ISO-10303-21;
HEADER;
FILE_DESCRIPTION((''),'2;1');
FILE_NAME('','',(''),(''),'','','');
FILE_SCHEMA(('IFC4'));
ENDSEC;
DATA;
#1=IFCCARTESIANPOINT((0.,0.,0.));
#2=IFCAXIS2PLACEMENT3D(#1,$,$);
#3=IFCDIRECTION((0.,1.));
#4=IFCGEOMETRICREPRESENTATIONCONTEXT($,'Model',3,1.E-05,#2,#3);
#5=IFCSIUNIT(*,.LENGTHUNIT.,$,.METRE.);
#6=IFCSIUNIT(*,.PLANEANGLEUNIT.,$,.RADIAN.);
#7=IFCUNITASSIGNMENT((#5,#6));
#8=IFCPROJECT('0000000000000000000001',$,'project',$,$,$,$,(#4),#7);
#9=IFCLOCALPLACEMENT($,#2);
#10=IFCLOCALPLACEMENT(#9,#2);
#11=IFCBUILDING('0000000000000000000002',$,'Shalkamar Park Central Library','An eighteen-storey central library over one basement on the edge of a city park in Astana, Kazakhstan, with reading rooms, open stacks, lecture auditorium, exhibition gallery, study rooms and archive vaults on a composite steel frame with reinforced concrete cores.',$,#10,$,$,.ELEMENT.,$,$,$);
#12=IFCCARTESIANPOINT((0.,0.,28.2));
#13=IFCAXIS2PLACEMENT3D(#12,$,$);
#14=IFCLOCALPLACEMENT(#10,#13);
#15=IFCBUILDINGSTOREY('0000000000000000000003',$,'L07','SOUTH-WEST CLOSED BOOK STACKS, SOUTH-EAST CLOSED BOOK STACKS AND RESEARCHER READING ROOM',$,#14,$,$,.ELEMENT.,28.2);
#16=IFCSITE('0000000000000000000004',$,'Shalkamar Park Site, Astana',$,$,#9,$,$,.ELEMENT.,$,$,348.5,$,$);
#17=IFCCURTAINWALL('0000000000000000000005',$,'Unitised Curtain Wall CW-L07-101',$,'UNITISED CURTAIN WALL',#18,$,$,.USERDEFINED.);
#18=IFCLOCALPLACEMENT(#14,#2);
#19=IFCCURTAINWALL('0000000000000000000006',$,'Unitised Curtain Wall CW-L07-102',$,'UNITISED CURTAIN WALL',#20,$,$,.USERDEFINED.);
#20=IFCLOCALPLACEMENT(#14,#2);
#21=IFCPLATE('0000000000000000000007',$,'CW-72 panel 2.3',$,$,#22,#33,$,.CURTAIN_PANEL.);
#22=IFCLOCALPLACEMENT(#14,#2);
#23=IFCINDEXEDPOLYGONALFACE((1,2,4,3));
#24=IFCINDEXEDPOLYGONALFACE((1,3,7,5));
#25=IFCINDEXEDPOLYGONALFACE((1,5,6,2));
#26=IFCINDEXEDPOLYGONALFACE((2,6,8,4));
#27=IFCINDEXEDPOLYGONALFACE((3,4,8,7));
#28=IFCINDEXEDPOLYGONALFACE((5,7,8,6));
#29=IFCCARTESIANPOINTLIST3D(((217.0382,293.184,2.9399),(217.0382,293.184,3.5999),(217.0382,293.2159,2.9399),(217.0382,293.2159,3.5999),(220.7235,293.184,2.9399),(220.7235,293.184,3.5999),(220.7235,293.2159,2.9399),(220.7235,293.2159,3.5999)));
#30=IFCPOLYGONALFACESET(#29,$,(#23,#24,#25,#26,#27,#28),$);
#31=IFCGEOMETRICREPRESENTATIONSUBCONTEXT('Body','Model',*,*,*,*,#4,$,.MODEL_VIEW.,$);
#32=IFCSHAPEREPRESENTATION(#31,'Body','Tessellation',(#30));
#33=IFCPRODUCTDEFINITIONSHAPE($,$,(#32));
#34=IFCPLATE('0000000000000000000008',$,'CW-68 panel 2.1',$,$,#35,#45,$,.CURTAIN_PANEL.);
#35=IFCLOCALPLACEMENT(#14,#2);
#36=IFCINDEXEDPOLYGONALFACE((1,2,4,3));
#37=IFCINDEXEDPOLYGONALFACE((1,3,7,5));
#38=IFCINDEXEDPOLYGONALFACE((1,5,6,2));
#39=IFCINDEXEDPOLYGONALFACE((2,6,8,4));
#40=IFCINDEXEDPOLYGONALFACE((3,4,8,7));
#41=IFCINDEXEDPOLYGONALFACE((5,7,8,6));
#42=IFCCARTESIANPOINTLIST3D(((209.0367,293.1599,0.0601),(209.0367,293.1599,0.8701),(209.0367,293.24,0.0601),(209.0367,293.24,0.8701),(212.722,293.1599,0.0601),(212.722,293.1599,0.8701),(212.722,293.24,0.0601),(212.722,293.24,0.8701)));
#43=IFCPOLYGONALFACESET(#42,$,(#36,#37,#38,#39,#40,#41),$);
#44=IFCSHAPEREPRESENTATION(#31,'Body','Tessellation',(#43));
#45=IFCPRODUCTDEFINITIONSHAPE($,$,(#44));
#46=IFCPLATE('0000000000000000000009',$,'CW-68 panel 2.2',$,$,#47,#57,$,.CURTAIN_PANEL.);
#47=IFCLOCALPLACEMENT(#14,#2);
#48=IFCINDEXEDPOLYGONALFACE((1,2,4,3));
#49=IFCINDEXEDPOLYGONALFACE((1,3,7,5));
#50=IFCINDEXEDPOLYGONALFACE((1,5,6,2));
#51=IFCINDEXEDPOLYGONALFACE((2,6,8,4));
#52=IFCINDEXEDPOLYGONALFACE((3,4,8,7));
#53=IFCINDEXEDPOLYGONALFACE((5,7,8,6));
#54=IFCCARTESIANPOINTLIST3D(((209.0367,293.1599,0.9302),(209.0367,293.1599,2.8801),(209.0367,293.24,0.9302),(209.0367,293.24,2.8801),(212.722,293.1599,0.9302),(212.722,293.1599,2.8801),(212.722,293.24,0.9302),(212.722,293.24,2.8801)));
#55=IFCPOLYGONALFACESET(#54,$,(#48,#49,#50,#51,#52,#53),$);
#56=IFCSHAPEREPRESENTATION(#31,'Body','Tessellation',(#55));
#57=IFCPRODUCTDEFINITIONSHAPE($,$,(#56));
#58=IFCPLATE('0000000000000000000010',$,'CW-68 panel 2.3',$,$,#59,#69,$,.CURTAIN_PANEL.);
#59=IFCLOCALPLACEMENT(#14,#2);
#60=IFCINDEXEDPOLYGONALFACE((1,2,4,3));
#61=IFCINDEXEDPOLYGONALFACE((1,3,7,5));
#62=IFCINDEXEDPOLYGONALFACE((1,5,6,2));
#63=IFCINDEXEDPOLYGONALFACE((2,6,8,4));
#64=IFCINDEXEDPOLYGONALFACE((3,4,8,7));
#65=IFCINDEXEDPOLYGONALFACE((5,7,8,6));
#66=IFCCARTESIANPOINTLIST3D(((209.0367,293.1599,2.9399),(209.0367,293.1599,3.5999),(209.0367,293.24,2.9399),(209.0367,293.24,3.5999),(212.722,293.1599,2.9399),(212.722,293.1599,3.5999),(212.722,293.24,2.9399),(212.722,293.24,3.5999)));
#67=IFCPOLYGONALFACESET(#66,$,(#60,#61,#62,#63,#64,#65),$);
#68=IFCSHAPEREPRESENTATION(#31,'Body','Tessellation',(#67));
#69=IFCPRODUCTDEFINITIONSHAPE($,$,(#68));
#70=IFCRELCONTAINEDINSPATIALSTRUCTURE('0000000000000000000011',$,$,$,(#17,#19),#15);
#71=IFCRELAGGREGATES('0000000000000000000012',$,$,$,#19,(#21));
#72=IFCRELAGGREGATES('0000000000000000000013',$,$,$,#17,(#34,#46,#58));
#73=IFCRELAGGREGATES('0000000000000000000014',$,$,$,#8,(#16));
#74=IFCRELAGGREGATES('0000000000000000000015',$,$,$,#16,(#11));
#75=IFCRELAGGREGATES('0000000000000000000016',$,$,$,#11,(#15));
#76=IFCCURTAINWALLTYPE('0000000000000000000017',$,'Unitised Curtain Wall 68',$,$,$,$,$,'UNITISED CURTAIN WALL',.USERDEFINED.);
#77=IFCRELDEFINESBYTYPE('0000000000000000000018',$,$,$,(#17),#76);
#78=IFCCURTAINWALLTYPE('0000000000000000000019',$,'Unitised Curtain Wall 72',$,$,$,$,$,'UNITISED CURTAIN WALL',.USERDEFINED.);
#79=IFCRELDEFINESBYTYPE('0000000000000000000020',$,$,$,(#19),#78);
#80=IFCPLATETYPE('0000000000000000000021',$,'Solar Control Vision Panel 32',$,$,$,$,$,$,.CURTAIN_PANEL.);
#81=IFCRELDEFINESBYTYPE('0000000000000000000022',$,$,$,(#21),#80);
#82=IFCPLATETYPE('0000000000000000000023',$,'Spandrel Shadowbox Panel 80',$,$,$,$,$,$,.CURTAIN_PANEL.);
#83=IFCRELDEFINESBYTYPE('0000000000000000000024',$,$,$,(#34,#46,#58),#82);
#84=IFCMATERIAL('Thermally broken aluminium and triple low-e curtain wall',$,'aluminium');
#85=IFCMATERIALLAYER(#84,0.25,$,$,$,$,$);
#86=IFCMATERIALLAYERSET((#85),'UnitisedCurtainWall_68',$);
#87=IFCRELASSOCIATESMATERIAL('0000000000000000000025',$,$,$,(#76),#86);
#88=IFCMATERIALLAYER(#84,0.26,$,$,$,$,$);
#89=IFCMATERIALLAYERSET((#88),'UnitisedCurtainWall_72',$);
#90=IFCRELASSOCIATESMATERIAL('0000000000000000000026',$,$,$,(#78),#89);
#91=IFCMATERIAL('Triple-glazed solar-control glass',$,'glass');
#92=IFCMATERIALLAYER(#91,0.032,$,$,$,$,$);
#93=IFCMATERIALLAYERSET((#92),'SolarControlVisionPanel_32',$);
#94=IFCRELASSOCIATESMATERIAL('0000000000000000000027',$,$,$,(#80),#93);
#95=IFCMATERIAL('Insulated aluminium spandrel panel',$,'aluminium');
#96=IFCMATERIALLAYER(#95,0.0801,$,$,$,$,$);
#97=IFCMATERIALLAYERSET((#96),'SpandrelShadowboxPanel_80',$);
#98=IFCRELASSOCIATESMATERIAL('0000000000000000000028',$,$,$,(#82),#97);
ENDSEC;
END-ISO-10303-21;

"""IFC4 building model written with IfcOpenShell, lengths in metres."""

from ifc_helpers import new_model, si_unit, direction, frame, origin, origin_2d, place, context, subcontext, project, spatial, rectangle, extrude, material, layer, layer_set, type_object, element, aggregate, save


model = new_model("IFC4")

# Units and contexts
model_context = context("Model", 3, precision=1e-05, world=origin(), true_north=direction((0.0, 1.0)))
body_context = subcontext(model_context, "Body", "Model", "MODEL_VIEW")
ifc_project = project(units=[si_unit("LENGTHUNIT", "METRE"), si_unit("PLANEANGLEUNIT", "RADIAN")], contexts=[model_context])

# Site, building, storey
site_placement = place(None, origin())
site = spatial("IfcSite", under=ifc_project, at=site_placement, Name="Shalkamar Park Site, Astana", CompositionType="ELEMENT", RefElevation=348.5)
building_placement = place(site_placement, origin())
building = spatial("IfcBuilding", under=site, at=building_placement, Name="Shalkamar Park Central Library", Description="An eighteen-storey central library over one basement on the edge of a city park in Astana, Kazakhstan, with reading rooms, open stacks, lecture auditorium, exhibition gallery, study rooms and archive vaults on a composite steel frame with reinforced concrete cores.", CompositionType="ELEMENT")
storey_placement = place(building_placement, frame((0.0, 0.0, 28.2)))
storey = spatial("IfcBuildingStorey", under=building, at=storey_placement, Name="L07", Description="SOUTH-WEST CLOSED BOOK STACKS, SOUTH-EAST CLOSED BOOK STACKS AND RESEARCHER READING ROOM", CompositionType="ELEMENT", Elevation=28.2)

# Curtain wall
ifc_material_1 = material(Name="Thermally broken aluminium and triple low-e curtain wall", Category="aluminium")
ifc_layer_1 = layer(ifc_material_1, 0.25)
ifc_layer_set_1 = layer_set([ifc_layer_1], Name="UnitisedCurtainWall_68")
curtain_wall_type_1 = type_object("IfcCurtainWallType", Name="Unitised Curtain Wall 68", ElementType="UNITISED CURTAIN WALL", PredefinedType="USERDEFINED", material=ifc_layer_set_1)
curtain_wall_1_placement = place(storey_placement, origin())
curtain_wall_1 = element("IfcCurtainWall", 1, at=curtain_wall_1_placement, inside=storey, type_object=curtain_wall_type_1, Name="Unitised Curtain Wall CW-L07-101", ObjectType="UNITISED CURTAIN WALL", PredefinedType="USERDEFINED")

# Curtain wall
ifc_layer_2 = layer(ifc_material_1, 0.26)
ifc_layer_set_2 = layer_set([ifc_layer_2], Name="UnitisedCurtainWall_72")
curtain_wall_type_2 = type_object("IfcCurtainWallType", Name="Unitised Curtain Wall 72", ElementType="UNITISED CURTAIN WALL", PredefinedType="USERDEFINED", material=ifc_layer_set_2)
curtain_wall_2_placement = place(storey_placement, origin())
curtain_wall_2 = element("IfcCurtainWall", 2, at=curtain_wall_2_placement, inside=storey, type_object=curtain_wall_type_2, Name="Unitised Curtain Wall CW-L07-102", ObjectType="UNITISED CURTAIN WALL", PredefinedType="USERDEFINED")

# Plates
ifc_material_2 = material(Name="Triple-glazed solar-control glass", Category="glass")
ifc_layer_3 = layer(ifc_material_2, 0.032)
ifc_layer_set_3 = layer_set([ifc_layer_3], Name="SolarControlVisionPanel_32")
plate_type_1 = type_object("IfcPlateType", Name="Solar Control Vision Panel 32", PredefinedType="CURTAIN_PANEL", material=ifc_layer_set_3)
plate_1_placement = place(storey_placement, frame((218.8809, 293.2, 2.9399), z_axis=(0.0, 0.0, 1.0), x_axis=(1.0, 0.0, 0.0)))
plate_1 = element("IfcPlate", 3, at=plate_1_placement, type_object=plate_type_1, Name="CW-72 panel 2.3", PredefinedType="CURTAIN_PANEL", context=body_context, shape_type="SweptSolid", body=[
    extrude(rectangle(XDim=3.6853, YDim=0.032, at=origin_2d()), origin(), (0.0, 0.0, 1.0), 0.6599),
])
aggregate(curtain_wall_2, [plate_1])
ifc_material_3 = material(Name="Insulated aluminium spandrel panel", Category="aluminium")
ifc_layer_4 = layer(ifc_material_3, 0.0801)
ifc_layer_set_4 = layer_set([ifc_layer_4], Name="SpandrelShadowboxPanel_80")
plate_type_2 = type_object("IfcPlateType", Name="Spandrel Shadowbox Panel 80", PredefinedType="CURTAIN_PANEL", material=ifc_layer_set_4)
plate_2_placement = place(storey_placement, frame((210.8794, 293.2, 0.0601), z_axis=(0.0, 0.0, 1.0), x_axis=(1.0, 0.0, 0.0)))
plate_2 = element("IfcPlate", 4, at=plate_2_placement, type_object=plate_type_2, Name="CW-68 panel 2.1", PredefinedType="CURTAIN_PANEL", context=body_context, shape_type="SweptSolid", body=[
    extrude(rectangle(XDim=3.6853, YDim=0.0801, at=origin_2d()), origin(), (0.0, 0.0, 1.0), 0.8101),
])
plate_3_placement = place(storey_placement, frame((210.8794, 293.2, 0.9302), z_axis=(0.0, 0.0, 1.0), x_axis=(1.0, 0.0, 0.0)))
plate_3 = element("IfcPlate", 5, at=plate_3_placement, type_object=plate_type_2, Name="CW-68 panel 2.2", PredefinedType="CURTAIN_PANEL", context=body_context, shape_type="SweptSolid", body=[
    extrude(rectangle(XDim=3.6853, YDim=0.0801, at=origin_2d()), origin(), (0.0, 0.0, 1.0), 1.95),
])
plate_4_placement = place(storey_placement, frame((210.8794, 293.2, 2.9399), z_axis=(0.0, 0.0, 1.0), x_axis=(1.0, 0.0, 0.0)))
plate_4 = element("IfcPlate", 6, at=plate_4_placement, type_object=plate_type_2, Name="CW-68 panel 2.3", PredefinedType="CURTAIN_PANEL", context=body_context, shape_type="SweptSolid", body=[
    extrude(rectangle(XDim=3.6853, YDim=0.0801, at=origin_2d()), origin(), (0.0, 0.0, 1.0), 0.6599),
])
aggregate(curtain_wall_1, [plate_2, plate_3, plate_4])

save(model, "model.ifc")
